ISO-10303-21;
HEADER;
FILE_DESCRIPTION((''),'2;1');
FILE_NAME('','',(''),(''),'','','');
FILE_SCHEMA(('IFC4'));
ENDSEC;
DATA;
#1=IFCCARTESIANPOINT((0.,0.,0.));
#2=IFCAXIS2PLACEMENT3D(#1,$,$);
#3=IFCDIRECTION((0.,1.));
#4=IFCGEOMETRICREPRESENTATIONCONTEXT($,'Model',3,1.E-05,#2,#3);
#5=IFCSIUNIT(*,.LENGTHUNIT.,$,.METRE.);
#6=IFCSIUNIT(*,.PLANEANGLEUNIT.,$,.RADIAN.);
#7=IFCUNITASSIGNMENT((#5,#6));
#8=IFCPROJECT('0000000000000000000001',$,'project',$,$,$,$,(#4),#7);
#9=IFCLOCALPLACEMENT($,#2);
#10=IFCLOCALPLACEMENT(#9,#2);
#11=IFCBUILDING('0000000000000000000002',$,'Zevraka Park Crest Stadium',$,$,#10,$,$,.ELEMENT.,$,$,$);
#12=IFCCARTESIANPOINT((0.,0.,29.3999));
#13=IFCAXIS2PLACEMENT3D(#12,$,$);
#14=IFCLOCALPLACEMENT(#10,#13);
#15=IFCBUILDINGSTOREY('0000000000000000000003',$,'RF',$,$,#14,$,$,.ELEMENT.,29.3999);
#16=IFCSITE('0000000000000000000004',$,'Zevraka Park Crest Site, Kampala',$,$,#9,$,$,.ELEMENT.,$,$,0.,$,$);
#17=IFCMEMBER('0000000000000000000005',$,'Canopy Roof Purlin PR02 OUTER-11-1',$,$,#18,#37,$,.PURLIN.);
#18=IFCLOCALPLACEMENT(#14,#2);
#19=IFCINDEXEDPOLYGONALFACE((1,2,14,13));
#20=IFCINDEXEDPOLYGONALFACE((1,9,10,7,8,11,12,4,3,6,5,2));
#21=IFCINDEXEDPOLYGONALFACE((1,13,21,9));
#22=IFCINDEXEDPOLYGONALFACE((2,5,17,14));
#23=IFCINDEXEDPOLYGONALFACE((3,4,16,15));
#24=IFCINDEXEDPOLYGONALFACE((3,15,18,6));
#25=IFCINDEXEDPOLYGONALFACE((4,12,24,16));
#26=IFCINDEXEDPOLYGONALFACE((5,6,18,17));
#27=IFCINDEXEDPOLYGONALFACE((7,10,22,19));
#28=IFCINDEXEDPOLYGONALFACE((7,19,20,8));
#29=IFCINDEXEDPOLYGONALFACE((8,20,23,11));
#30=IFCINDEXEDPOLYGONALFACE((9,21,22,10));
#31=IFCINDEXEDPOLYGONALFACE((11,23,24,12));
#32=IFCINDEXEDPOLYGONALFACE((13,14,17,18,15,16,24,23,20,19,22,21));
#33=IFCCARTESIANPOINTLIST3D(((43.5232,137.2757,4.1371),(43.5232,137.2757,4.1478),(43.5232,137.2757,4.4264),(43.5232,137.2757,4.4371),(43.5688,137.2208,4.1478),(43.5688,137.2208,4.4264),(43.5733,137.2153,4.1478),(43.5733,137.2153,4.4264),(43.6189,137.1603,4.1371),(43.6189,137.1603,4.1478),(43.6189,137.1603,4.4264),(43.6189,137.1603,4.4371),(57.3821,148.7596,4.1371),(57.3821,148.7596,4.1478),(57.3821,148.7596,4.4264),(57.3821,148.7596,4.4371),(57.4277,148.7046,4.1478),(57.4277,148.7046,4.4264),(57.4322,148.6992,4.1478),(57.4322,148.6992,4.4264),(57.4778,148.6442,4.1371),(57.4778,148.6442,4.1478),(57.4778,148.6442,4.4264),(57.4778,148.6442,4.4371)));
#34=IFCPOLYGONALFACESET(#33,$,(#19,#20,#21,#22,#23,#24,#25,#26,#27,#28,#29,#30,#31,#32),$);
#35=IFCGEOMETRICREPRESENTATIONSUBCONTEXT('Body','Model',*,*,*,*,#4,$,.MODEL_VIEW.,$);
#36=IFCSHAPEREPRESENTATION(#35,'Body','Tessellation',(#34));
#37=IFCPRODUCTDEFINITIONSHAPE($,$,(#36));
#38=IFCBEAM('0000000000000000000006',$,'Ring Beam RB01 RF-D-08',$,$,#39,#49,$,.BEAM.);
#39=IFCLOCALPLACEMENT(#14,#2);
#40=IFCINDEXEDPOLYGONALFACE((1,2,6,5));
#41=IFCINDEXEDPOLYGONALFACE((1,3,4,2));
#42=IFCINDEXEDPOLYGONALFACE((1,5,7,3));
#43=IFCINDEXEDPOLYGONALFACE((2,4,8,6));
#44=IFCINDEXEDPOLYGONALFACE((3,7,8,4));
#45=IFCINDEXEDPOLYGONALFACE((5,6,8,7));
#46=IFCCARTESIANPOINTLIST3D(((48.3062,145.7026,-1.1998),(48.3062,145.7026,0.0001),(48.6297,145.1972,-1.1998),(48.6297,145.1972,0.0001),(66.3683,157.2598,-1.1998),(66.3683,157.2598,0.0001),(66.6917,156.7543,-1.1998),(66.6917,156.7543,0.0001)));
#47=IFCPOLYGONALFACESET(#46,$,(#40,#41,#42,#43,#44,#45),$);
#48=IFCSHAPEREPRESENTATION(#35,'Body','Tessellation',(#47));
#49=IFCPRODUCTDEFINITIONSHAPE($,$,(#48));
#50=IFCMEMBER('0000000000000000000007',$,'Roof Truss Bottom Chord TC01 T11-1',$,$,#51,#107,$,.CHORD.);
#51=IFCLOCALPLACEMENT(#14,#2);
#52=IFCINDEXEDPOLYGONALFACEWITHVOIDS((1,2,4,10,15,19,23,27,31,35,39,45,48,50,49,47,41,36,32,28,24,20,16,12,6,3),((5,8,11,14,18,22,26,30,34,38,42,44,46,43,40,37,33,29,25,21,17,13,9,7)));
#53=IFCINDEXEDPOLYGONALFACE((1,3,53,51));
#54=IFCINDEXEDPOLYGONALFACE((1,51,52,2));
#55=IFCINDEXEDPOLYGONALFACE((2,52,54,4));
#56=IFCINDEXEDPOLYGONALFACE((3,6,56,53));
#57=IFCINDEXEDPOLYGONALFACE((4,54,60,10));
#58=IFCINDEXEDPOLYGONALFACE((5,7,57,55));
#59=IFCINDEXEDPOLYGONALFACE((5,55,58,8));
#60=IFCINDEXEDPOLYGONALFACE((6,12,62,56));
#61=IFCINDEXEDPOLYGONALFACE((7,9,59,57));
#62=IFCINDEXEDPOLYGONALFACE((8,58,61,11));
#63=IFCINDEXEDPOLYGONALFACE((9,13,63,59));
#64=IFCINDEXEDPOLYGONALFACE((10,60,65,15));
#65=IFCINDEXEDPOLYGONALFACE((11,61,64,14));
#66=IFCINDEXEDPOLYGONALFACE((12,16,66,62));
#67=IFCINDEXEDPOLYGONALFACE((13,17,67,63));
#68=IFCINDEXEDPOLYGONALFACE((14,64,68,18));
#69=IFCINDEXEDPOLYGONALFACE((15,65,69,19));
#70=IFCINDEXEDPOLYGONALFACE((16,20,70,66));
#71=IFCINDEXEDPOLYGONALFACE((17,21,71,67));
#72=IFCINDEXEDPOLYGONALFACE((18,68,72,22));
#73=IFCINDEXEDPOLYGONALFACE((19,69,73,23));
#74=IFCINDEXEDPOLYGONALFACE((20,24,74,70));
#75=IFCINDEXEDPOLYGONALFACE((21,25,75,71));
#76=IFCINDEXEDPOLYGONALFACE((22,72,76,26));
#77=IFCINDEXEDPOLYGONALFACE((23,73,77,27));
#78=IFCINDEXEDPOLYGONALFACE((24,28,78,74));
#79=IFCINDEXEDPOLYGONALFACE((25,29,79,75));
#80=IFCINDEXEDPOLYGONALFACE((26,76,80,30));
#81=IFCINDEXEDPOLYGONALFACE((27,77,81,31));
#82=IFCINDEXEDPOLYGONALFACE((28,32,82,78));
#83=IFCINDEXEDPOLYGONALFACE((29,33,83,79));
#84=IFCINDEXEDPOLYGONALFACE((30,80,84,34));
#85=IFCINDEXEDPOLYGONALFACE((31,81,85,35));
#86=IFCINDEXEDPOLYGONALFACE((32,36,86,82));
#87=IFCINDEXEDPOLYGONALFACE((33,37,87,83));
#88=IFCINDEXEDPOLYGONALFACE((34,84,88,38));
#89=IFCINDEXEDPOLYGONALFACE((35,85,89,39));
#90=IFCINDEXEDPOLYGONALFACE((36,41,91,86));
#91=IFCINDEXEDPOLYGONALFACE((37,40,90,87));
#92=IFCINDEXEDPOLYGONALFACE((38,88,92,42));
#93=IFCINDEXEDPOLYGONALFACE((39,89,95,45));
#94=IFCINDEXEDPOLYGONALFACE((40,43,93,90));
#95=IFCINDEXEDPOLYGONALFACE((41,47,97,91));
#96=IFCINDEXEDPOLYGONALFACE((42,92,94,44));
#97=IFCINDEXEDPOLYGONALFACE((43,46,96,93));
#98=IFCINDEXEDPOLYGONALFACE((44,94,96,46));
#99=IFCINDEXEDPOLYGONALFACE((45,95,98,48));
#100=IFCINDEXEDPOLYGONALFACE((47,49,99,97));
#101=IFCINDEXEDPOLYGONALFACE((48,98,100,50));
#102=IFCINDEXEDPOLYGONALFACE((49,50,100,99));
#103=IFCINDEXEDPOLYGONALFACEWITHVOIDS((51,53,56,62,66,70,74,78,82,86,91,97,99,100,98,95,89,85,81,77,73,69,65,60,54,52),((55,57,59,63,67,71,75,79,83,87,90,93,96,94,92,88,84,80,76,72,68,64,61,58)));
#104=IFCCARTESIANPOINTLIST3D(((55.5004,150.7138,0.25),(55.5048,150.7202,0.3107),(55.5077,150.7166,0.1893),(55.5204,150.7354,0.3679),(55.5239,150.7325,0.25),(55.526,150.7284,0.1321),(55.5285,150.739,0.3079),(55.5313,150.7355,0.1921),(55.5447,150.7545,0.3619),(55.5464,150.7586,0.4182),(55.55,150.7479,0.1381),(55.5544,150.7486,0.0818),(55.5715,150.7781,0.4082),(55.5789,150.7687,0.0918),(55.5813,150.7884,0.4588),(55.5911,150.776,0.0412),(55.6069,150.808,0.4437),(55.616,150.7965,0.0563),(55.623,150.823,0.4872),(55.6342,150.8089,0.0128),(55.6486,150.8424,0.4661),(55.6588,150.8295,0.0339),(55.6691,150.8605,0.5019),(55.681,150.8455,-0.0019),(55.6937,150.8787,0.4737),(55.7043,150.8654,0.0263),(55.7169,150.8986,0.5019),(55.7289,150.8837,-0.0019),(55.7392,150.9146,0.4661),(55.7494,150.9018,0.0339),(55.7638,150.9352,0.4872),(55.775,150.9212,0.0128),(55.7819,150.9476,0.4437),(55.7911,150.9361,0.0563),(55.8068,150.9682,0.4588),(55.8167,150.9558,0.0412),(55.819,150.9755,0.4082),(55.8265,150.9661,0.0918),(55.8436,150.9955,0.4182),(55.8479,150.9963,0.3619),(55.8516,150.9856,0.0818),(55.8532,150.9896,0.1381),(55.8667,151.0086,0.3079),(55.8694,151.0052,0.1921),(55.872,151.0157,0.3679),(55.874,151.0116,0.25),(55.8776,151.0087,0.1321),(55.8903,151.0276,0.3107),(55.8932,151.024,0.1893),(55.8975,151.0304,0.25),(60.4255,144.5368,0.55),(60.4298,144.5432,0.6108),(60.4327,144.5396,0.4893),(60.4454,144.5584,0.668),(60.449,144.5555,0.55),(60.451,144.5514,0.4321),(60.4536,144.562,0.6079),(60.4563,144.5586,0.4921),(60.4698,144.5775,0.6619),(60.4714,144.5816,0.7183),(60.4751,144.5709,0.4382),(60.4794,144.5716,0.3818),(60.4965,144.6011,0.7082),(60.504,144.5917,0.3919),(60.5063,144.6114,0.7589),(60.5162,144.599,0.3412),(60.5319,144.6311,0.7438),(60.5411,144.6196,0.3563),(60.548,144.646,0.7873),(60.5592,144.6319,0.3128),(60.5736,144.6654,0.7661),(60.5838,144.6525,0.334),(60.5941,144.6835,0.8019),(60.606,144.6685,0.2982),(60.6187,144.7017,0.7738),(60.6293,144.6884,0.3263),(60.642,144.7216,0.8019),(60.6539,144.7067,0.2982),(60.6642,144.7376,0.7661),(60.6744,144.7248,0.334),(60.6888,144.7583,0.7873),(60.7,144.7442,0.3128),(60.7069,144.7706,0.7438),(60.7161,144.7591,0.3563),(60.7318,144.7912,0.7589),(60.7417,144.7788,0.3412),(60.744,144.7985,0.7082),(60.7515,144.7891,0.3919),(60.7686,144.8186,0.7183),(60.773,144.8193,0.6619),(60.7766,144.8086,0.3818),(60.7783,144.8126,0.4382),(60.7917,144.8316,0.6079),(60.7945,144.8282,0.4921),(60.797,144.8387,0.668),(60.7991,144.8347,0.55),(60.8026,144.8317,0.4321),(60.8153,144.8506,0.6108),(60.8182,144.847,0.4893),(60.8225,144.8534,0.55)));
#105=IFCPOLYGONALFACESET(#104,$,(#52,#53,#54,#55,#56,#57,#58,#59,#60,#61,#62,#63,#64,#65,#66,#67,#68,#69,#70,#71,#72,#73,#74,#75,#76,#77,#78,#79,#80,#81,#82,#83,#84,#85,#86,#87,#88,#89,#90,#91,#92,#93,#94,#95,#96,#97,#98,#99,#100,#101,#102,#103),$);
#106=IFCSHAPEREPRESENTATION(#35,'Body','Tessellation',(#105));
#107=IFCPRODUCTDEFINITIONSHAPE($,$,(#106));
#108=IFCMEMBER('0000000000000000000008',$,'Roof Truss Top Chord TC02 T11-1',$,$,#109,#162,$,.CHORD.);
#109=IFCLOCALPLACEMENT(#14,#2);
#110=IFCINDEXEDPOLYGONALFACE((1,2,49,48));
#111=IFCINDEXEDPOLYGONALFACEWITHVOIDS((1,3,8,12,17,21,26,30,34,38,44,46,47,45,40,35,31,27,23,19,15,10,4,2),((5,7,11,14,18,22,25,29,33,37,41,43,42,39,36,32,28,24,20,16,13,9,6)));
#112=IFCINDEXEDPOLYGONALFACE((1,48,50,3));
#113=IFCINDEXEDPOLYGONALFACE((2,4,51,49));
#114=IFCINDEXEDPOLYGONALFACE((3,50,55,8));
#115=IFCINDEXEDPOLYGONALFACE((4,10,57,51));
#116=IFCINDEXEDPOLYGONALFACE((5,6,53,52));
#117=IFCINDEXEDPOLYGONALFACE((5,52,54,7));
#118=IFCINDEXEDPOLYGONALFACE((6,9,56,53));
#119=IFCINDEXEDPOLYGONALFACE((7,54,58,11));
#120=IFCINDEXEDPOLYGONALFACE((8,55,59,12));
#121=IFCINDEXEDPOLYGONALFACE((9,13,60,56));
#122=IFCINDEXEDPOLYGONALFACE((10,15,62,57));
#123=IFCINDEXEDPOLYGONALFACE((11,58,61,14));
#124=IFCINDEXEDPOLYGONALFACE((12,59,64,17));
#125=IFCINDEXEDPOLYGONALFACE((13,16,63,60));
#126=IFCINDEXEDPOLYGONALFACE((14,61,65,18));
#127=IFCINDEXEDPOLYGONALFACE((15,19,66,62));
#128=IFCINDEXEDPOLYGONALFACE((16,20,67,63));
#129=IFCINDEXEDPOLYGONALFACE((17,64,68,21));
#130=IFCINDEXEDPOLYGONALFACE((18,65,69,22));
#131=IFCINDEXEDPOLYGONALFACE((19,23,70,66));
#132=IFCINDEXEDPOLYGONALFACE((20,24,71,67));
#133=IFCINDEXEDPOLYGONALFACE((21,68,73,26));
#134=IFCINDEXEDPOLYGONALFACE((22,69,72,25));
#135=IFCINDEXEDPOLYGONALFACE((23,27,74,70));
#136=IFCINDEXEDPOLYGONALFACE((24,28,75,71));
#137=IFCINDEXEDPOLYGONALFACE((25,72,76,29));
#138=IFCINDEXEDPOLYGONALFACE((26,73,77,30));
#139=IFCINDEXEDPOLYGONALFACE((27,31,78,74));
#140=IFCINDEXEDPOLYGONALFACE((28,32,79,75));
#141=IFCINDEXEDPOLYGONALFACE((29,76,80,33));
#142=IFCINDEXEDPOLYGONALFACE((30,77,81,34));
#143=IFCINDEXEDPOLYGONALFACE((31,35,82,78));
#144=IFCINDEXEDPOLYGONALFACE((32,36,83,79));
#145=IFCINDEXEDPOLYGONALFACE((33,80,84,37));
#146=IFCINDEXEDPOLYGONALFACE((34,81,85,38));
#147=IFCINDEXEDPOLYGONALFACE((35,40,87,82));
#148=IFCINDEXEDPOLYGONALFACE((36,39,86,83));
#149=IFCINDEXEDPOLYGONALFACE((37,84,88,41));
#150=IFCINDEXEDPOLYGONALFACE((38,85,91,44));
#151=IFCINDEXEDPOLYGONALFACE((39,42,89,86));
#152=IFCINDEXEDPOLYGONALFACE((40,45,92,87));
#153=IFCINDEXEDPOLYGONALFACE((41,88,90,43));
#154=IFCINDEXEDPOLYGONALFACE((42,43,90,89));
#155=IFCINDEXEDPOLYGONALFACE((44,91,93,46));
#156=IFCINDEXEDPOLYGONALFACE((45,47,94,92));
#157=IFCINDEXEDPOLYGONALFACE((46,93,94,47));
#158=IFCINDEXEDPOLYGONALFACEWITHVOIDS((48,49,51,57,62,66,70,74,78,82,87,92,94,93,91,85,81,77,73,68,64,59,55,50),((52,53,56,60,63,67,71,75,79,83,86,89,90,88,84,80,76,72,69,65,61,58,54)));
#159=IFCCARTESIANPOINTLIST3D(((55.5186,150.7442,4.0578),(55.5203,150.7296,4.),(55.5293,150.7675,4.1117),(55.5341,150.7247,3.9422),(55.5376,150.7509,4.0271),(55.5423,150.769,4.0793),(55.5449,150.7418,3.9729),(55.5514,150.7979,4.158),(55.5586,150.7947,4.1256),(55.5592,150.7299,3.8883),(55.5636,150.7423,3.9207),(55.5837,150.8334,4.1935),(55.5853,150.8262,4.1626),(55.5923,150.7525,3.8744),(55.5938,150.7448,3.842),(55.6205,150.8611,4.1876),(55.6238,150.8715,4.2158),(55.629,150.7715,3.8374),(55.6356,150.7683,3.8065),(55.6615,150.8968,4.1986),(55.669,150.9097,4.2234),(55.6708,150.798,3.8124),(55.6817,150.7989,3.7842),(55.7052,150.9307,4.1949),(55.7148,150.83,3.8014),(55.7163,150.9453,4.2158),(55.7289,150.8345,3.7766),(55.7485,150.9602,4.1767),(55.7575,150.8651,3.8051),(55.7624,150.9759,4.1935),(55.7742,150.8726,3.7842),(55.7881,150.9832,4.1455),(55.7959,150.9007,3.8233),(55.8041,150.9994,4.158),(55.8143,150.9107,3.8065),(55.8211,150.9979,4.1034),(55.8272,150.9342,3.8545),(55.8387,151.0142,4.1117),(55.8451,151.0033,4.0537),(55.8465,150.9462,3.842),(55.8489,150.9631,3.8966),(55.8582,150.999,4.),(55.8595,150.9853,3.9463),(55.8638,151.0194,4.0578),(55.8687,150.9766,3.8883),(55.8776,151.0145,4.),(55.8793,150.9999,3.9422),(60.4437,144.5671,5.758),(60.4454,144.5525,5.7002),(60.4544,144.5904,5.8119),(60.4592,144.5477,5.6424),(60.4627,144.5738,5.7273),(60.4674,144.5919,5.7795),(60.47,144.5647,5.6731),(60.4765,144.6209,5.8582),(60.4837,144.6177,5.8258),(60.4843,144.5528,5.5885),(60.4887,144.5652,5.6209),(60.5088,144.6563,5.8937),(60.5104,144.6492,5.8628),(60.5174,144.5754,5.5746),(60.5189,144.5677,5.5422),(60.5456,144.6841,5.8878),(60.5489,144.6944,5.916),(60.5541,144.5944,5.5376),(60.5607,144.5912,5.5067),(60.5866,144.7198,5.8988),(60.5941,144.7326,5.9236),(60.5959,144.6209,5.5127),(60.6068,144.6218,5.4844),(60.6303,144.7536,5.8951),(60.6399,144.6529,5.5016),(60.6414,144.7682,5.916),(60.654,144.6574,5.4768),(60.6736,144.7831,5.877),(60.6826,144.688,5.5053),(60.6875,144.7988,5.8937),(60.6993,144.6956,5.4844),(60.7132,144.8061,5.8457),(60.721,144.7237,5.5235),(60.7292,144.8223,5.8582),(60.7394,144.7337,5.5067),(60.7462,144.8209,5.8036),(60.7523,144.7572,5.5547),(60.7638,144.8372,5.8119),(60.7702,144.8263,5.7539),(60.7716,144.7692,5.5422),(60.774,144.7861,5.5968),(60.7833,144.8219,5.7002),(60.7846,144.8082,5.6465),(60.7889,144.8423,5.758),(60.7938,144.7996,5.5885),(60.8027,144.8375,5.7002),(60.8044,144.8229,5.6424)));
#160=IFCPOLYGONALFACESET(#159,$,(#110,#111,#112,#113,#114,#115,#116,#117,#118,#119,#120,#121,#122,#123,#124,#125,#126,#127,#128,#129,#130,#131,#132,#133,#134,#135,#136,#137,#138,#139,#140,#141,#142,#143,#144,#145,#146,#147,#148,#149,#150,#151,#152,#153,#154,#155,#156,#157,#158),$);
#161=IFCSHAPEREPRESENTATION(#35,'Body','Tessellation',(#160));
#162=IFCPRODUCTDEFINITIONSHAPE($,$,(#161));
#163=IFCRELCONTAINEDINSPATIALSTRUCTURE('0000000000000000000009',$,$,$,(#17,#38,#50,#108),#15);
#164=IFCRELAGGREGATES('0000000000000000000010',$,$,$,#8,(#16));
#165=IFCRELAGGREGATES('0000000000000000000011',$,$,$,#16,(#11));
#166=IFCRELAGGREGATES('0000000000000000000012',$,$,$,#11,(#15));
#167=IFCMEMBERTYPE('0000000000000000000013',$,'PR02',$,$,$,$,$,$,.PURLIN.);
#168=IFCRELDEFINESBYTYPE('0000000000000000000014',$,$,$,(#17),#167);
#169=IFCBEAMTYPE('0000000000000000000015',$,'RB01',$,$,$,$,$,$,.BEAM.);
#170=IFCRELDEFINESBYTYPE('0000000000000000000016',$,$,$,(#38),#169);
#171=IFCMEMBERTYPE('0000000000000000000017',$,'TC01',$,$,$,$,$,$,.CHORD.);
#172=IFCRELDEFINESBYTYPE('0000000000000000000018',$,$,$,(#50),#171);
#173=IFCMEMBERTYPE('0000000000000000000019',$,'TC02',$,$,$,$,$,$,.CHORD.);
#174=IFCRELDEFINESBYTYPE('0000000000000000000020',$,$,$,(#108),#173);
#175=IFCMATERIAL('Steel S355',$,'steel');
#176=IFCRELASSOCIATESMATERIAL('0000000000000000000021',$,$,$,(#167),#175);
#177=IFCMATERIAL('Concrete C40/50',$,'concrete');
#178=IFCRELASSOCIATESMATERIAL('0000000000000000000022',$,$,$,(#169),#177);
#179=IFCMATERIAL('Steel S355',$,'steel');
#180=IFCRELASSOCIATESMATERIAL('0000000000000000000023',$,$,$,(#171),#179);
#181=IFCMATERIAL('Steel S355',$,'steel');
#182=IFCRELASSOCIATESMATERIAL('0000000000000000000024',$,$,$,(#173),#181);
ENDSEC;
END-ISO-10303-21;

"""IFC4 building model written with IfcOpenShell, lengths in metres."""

from ifc_helpers import new_model, si_unit, direction, frame, origin, origin_2d, place, context, subcontext, project, spatial, rectangle, hollow_circle, i_section, extrude, material, material_profile, profile_set, type_object, element, save


model = new_model("IFC4")

# Units and contexts
model_context = context("Model", 3, precision=1e-05, world=origin(), true_north=direction((0.0, 1.0)))
body_context = subcontext(model_context, "Body", "Model", "MODEL_VIEW")
ifc_project = project(units=[si_unit("LENGTHUNIT", "METRE"), si_unit("PLANEANGLEUNIT", "RADIAN")], contexts=[model_context])

# Site, building, storey
site_placement = place(None, origin())
site = spatial("IfcSite", under=ifc_project, at=site_placement, Name="Zevraka Park Crest Site, Kampala", CompositionType="ELEMENT", RefElevation=0.0)
building_placement = place(site_placement, origin())
building = spatial("IfcBuilding", under=site, at=building_placement, Name="Zevraka Park Crest Stadium", CompositionType="ELEMENT")
storey_placement = place(building_placement, frame((0.0, 0.0, 29.3999)))
storey = spatial("IfcBuildingStorey", under=building, at=storey_placement, Name="RF", CompositionType="ELEMENT", Elevation=29.3999)

# Member
ifc_material_1 = material(Name="Steel S355", Category="steel")
ifc_material_profile_1 = material_profile(ifc_material_1, i_section(OverallWidth=0.1499, OverallDepth=0.3, WebThickness=0.0071, FlangeThickness=0.0107, at=origin_2d()), Name="IPE 300")
ifc_profile_set_1 = profile_set([ifc_material_profile_1], Name="Steel S355")
member_type_1 = type_object("IfcMemberType", Name="PR02", PredefinedType="PURLIN", material=ifc_profile_set_1)
member_1_placement = place(storey_placement, frame((57.4299, 148.7019, 4.2871), z_axis=(-0.769999, -0.638045, 0.0), x_axis=(0.638045, -0.769999, 0.0)))
element("IfcMember", 1, at=member_1_placement, inside=storey, type_object=member_type_1, Name="Canopy Roof Purlin PR02 OUTER-11-1", PredefinedType="PURLIN", context=body_context, shape_type="SweptSolid", body=[
    extrude(i_section(OverallWidth=0.1499, OverallDepth=0.3, WebThickness=0.0071, FlangeThickness=0.0107, at=origin_2d()), origin(), (0.0, 0.0, 1.0), 17.9985),
])

# Beam
ifc_material_2 = material(Name="Concrete C40/50", Category="concrete")
ifc_material_profile_2 = material_profile(ifc_material_2, rectangle(XDim=0.6001, YDim=1.2, at=origin_2d()), Name="RC 1200x600")
ifc_profile_set_2 = profile_set([ifc_material_profile_2], Name="Concrete C40/50")
beam_type = type_object("IfcBeamType", Name="RB01", PredefinedType="BEAM", material=ifc_profile_set_2)
beam_placement = place(storey_placement, frame((66.53, 157.0071, -0.5999), z_axis=(-0.842326, -0.538969, 0.0), x_axis=(0.538969, -0.842326, 0.0)))
element("IfcBeam", 2, at=beam_placement, inside=storey, type_object=beam_type, Name="Ring Beam RB01 RF-D-08", PredefinedType="BEAM", context=body_context, shape_type="SweptSolid", body=[
    extrude(rectangle(XDim=0.6001, YDim=1.2, at=origin_2d()), origin(), (0.0, 0.0, 1.0), 21.4431),
])

# Members
ifc_material_3 = material(Name="Steel S355", Category="steel")
ifc_material_profile_3 = material_profile(ifc_material_3, hollow_circle(Radius=0.2539, WallThickness=0.03, at=origin_2d()), Name="CHS 508.0x30")
ifc_profile_set_3 = profile_set([ifc_material_profile_3], Name="Steel S355")
member_type_2 = type_object("IfcMemberType", Name="TC01", PredefinedType="CHORD", material=ifc_profile_set_3)
member_2_placement = place(storey_placement, frame((55.699, 150.8721, 0.25), z_axis=(0.622967, -0.781327, 0.037953), x_axis=(0.78189, 0.623417, 0.0)))
element("IfcMember", 3, at=member_2_placement, inside=storey, type_object=member_type_2, Name="Roof Truss Bottom Chord TC01 T11-1", PredefinedType="CHORD", context=body_context, shape_type="SweptSolid", body=[
    extrude(hollow_circle(Radius=0.2539, WallThickness=0.03, at=origin_2d()), origin(), (0.0, 0.0, 1.0), 7.9058),
])
ifc_material_4 = material(Name="Steel S355", Category="steel")
ifc_material_profile_4 = material_profile(ifc_material_4, hollow_circle(Radius=0.2285, WallThickness=0.0249, at=origin_2d()), Name="CHS 457.0x25")
ifc_profile_set_4 = profile_set([ifc_material_profile_4], Name="Steel S355")
member_type_3 = type_object("IfcMemberType", Name="TC02", PredefinedType="CHORD", material=ifc_profile_set_4)
member_3_placement = place(storey_placement, frame((55.699, 150.8721, 4.0), z_axis=(0.609462, -0.764388, 0.210395), x_axis=(0.78189, 0.623417, 0.0)))
element("IfcMember", 4, at=member_3_placement, inside=storey, type_object=member_type_3, Name="Roof Truss Top Chord TC02 T11-1", PredefinedType="CHORD", context=body_context, shape_type="SweptSolid", body=[
    extrude(hollow_circle(Radius=0.2285, WallThickness=0.0249, at=origin_2d()), origin(), (0.0, 0.0, 1.0), 8.0811),
])

save(model, "model.ifc")
